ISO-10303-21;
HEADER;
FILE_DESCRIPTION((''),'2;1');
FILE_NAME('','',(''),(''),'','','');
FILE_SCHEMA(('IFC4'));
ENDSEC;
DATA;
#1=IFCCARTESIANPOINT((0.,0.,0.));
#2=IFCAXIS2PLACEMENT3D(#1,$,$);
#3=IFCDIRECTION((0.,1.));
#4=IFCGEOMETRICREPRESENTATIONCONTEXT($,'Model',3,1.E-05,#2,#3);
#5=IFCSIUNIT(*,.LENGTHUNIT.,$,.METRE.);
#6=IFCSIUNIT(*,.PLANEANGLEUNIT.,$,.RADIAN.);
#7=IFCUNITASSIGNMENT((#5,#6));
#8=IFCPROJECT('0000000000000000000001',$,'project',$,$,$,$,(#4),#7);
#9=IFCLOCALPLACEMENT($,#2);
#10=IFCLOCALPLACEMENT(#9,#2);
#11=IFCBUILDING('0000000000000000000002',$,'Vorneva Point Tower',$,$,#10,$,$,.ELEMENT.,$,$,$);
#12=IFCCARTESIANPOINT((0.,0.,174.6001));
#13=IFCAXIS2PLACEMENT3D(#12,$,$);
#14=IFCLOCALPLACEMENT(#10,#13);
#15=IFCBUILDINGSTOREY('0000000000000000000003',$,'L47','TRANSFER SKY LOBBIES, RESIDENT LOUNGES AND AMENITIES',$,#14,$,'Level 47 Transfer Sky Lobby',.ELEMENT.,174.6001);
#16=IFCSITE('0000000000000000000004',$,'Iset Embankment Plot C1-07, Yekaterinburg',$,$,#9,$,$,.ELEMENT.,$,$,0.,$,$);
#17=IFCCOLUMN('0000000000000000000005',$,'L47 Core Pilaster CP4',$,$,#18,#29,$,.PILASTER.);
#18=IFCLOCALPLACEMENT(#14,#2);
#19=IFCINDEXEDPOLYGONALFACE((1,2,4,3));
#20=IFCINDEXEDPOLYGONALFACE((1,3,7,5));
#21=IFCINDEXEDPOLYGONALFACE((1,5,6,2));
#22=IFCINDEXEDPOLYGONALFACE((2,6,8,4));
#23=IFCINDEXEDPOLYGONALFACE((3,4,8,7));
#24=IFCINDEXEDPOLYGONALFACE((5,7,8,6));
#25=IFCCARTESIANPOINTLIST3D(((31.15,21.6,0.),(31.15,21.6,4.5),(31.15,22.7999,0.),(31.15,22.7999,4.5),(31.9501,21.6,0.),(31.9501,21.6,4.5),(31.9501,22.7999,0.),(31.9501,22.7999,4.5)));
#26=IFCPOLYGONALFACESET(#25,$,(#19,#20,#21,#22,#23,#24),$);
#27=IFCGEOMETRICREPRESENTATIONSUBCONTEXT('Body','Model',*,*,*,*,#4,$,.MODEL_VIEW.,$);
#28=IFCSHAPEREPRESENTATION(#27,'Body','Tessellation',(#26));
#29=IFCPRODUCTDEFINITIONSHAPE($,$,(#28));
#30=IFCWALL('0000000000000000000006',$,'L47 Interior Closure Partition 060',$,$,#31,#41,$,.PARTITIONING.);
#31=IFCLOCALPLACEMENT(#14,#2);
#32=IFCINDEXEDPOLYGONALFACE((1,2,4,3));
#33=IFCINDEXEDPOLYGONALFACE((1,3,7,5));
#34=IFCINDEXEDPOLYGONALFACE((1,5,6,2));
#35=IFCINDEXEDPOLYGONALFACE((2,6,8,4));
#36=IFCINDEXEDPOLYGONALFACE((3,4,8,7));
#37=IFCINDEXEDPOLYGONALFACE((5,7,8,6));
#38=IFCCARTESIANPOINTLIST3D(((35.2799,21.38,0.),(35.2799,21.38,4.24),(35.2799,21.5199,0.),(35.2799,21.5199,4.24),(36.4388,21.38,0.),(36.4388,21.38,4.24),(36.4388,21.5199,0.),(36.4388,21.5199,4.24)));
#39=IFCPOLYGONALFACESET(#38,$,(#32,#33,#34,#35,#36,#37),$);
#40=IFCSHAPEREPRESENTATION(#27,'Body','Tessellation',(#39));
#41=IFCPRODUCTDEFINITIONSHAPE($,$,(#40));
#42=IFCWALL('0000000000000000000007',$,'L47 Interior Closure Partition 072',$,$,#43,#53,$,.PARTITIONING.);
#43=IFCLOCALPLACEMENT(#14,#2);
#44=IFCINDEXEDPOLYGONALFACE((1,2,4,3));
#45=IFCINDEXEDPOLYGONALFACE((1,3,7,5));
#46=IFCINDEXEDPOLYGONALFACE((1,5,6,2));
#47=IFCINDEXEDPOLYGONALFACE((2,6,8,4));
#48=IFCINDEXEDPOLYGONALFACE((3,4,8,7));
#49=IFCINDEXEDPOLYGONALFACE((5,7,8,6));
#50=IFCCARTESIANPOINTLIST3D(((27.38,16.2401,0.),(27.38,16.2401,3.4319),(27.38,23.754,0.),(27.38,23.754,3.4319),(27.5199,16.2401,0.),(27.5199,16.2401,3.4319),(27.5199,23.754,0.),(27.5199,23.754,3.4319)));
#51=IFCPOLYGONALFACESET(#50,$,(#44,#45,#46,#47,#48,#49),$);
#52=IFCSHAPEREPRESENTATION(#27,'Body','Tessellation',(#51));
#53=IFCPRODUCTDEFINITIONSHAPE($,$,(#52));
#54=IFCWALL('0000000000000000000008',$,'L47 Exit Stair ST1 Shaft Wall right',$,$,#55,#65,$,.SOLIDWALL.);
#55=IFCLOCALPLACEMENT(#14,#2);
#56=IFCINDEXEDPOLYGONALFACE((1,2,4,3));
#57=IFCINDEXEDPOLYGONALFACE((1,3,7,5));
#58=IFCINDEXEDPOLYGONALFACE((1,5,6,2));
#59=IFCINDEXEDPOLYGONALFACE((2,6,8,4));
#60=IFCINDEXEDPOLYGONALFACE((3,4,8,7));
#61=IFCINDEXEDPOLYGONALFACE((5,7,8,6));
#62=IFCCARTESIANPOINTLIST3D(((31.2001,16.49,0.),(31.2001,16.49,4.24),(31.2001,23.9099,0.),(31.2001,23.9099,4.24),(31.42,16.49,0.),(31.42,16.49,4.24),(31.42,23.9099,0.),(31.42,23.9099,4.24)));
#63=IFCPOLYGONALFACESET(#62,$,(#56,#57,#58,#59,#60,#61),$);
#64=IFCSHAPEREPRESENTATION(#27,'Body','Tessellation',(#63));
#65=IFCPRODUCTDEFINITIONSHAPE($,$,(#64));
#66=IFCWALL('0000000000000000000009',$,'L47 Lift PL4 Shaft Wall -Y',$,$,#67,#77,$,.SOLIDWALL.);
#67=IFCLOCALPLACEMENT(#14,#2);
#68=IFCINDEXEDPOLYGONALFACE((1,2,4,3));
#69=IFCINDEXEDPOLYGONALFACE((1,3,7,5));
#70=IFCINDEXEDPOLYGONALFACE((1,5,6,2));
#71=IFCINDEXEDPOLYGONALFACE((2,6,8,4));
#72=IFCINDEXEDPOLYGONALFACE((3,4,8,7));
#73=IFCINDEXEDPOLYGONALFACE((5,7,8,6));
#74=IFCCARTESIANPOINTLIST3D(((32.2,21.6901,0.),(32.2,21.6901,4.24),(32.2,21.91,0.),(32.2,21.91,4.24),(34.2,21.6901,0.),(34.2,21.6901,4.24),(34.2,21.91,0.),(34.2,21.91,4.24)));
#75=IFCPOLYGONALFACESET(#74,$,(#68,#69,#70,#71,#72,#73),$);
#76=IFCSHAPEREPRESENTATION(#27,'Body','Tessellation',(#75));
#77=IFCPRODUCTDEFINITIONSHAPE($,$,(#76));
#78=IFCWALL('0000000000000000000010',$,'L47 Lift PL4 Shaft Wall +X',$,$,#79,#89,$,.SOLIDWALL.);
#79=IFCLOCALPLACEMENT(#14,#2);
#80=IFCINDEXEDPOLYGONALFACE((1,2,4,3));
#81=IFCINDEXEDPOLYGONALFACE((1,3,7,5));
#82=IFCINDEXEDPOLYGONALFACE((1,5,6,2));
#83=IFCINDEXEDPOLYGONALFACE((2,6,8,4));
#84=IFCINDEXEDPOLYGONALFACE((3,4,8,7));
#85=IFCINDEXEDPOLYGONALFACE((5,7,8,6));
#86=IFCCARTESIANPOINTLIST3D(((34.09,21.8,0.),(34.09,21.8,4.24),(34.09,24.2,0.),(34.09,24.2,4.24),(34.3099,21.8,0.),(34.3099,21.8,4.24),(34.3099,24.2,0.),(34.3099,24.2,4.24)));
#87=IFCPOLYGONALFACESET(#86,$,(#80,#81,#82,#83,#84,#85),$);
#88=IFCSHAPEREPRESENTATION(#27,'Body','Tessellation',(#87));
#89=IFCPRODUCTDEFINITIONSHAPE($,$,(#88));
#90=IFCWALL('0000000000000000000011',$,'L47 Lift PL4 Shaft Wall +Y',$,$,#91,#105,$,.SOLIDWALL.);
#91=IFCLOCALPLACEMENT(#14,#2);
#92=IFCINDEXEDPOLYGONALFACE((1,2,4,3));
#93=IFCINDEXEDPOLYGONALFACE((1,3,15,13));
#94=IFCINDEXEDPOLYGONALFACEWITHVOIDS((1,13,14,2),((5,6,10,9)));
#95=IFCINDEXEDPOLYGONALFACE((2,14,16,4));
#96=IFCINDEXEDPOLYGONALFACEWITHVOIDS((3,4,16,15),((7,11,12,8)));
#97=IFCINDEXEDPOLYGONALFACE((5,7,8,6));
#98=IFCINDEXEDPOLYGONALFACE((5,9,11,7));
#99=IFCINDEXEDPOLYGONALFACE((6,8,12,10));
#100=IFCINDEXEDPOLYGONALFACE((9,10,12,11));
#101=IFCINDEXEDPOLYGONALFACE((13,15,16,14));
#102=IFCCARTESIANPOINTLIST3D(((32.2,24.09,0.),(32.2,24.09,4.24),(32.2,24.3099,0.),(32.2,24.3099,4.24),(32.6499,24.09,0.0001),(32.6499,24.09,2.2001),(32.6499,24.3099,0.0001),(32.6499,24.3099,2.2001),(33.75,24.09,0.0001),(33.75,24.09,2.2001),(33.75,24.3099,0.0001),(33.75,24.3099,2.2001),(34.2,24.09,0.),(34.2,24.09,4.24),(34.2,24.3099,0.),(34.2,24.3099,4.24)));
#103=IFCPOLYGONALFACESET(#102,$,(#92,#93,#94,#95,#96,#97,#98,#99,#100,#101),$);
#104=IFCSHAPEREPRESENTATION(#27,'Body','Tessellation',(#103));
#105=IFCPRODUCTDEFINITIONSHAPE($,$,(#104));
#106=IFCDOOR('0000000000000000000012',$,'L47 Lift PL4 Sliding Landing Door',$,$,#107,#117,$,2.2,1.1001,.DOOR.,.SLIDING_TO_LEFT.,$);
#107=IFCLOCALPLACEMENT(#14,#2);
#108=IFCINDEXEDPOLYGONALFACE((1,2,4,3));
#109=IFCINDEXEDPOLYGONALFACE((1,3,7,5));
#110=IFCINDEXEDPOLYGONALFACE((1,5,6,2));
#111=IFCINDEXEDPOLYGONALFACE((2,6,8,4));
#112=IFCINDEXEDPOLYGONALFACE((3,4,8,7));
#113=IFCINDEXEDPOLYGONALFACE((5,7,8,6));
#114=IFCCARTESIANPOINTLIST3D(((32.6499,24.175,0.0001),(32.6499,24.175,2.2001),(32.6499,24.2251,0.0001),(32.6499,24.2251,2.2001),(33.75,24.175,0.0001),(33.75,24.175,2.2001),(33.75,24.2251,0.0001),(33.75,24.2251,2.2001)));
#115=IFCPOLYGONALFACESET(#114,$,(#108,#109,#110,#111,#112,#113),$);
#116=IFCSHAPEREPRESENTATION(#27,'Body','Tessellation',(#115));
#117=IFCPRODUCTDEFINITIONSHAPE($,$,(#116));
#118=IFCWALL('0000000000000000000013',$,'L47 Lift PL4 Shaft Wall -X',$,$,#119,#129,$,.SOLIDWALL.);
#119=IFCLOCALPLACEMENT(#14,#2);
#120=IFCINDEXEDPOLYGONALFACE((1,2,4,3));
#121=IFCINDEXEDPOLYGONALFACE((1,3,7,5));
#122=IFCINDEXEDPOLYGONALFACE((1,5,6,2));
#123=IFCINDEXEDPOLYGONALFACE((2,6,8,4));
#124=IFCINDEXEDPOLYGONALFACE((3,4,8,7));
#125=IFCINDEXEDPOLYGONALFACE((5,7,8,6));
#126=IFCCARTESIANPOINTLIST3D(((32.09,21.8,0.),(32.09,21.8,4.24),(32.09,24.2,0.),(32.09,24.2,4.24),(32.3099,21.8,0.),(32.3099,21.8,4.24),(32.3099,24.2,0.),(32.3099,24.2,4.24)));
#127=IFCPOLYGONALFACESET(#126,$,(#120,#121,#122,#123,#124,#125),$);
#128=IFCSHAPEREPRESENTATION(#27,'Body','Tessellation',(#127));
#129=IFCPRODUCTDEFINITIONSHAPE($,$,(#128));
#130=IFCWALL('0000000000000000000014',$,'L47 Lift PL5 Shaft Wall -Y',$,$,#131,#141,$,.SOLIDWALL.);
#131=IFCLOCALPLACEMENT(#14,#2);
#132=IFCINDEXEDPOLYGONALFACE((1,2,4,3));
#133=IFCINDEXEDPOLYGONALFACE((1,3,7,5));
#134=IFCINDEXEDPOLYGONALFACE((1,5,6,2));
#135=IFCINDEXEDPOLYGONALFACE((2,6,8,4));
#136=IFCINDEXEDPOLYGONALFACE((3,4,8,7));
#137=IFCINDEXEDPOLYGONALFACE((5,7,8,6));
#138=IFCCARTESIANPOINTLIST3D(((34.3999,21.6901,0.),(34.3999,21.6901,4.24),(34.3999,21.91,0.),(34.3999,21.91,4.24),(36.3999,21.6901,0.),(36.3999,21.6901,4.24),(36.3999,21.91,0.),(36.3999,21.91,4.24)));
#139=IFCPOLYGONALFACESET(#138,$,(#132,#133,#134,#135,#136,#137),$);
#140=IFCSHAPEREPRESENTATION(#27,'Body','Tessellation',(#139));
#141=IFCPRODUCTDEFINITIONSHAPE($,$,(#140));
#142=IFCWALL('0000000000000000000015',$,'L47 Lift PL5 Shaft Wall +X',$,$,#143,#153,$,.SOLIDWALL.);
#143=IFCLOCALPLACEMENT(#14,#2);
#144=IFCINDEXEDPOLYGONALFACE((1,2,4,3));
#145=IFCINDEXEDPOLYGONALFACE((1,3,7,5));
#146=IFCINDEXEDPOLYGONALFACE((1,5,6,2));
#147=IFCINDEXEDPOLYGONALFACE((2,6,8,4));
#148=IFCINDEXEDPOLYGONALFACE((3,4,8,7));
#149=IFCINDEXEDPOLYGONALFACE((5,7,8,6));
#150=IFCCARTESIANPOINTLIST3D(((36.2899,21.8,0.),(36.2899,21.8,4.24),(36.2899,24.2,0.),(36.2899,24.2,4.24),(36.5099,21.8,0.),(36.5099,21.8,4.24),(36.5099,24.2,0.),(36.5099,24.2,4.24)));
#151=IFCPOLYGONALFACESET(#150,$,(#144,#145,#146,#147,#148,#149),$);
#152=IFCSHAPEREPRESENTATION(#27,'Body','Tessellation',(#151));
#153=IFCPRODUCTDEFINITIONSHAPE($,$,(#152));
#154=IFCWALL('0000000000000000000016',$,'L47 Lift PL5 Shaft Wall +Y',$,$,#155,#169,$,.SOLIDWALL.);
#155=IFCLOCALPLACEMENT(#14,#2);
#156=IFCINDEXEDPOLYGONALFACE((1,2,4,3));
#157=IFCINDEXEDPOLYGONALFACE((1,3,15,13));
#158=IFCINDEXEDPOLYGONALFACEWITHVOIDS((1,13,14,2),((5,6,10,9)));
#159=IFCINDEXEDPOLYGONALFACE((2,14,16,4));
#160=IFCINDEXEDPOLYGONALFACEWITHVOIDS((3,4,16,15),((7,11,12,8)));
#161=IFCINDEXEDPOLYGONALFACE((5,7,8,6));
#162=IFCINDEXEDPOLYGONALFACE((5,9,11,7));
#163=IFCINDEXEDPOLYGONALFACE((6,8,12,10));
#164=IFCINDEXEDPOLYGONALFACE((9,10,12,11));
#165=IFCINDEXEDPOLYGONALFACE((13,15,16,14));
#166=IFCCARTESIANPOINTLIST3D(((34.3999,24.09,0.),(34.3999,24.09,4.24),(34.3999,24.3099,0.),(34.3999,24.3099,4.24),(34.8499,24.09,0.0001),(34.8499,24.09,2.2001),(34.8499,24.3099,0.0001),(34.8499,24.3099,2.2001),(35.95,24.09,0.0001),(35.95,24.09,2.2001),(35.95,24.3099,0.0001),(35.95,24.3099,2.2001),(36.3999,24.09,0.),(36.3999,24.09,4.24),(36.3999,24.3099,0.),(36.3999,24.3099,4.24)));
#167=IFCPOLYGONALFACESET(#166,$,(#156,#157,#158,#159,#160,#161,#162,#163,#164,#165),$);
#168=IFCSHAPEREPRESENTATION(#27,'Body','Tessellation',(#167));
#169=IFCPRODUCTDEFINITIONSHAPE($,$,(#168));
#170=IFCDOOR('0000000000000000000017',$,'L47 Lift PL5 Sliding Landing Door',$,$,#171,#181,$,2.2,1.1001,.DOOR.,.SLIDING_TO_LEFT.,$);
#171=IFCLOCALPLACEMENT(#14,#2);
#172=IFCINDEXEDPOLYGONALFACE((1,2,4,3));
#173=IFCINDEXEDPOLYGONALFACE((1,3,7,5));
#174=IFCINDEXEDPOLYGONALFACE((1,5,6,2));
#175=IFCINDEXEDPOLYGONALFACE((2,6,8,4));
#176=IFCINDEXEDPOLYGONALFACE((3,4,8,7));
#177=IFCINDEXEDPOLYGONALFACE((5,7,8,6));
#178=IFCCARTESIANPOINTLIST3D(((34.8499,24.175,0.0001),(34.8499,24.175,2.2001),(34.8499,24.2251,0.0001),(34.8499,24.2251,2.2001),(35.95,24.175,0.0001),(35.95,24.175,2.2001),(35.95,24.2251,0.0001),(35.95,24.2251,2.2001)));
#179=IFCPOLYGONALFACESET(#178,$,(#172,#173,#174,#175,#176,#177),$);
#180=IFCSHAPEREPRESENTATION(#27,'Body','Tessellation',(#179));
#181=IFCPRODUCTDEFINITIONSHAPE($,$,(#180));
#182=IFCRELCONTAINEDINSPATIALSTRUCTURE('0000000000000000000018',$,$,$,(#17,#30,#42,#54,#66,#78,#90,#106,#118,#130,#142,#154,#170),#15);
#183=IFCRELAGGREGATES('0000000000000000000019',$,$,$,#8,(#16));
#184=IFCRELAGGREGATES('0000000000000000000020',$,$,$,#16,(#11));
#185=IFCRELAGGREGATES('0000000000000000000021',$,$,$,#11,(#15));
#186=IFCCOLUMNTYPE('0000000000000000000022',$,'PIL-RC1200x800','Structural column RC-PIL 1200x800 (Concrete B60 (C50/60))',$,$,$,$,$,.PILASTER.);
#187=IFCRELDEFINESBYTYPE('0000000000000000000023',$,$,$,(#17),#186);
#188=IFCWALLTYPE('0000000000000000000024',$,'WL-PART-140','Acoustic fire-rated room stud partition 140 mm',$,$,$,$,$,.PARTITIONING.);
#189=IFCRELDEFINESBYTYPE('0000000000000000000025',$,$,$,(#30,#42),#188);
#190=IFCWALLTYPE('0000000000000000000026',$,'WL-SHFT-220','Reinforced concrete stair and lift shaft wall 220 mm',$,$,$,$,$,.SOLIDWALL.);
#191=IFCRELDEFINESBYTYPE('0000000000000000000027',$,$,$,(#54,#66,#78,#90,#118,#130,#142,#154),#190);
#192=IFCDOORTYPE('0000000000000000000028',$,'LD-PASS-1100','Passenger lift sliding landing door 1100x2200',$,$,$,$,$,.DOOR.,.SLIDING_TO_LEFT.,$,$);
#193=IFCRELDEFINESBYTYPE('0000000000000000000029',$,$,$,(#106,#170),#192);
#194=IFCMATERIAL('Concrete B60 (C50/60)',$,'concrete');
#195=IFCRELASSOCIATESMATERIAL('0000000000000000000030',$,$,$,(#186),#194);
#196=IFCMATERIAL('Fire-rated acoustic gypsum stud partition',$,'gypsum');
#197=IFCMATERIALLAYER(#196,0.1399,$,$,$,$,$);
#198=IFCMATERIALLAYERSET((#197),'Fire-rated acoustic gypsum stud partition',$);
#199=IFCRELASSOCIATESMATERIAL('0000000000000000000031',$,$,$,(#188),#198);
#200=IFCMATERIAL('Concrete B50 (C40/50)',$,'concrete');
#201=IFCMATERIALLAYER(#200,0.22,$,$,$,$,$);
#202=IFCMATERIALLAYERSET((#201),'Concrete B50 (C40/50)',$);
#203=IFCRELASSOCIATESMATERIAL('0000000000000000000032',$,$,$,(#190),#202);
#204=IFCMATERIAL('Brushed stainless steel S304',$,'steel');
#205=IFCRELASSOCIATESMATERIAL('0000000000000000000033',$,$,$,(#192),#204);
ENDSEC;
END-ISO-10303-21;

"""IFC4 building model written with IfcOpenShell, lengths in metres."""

from ifc_helpers import new_model, si_unit, direction, frame, frame_2d, origin, origin_2d, place, context, subcontext, project, spatial, rectangle, extrude, material, layer, layer_set, material_profile, profile_set, type_object, element, fill, save


model = new_model("IFC4")

# Units and contexts
model_context = context("Model", 3, precision=1e-05, world=origin(), true_north=direction((0.0, 1.0)))
body_context = subcontext(model_context, "Body", "Model", "MODEL_VIEW")
ifc_project = project(units=[si_unit("LENGTHUNIT", "METRE"), si_unit("PLANEANGLEUNIT", "RADIAN")], contexts=[model_context])

# Site, building, storey
site_placement = place(None, origin())
site = spatial("IfcSite", under=ifc_project, at=site_placement, Name="Iset Embankment Plot C1-07, Yekaterinburg", CompositionType="ELEMENT", RefElevation=0.0)
building_placement = place(site_placement, origin())
building = spatial("IfcBuilding", under=site, at=building_placement, Name="Vorneva Point Tower", CompositionType="ELEMENT")
storey_placement = place(building_placement, frame((0.0, 0.0, 174.6001)))
storey = spatial("IfcBuildingStorey", under=building, at=storey_placement, Name="L47", Description="TRANSFER SKY LOBBIES, RESIDENT LOUNGES AND AMENITIES", LongName="Level 47 Transfer Sky Lobby", CompositionType="ELEMENT", Elevation=174.6001)

# Column
ifc_material_1 = material(Name="Concrete B60 (C50/60)", Category="concrete")
ifc_material_profile = material_profile(ifc_material_1, rectangle(XDim=0.8, YDim=1.2, at=origin_2d()), Name="RC-PIL 1200x800")
ifc_profile_set = profile_set([ifc_material_profile], Name="Concrete B60 (C50/60)")
column_type = type_object("IfcColumnType", Name="PIL-RC1200x800", Description="Structural column RC-PIL 1200x800 (Concrete B60 (C50/60))", PredefinedType="PILASTER", material=ifc_profile_set)
column_placement = place(storey_placement, frame((31.55, 22.2, 0.0), z_axis=(0.0, 0.0, 1.0), x_axis=(1.0, 0.0, 0.0)))
element("IfcColumn", 1, at=column_placement, inside=storey, type_object=column_type, Name="L47 Core Pilaster CP4", PredefinedType="PILASTER", context=body_context, shape_type="SweptSolid", body=[
    extrude(rectangle(XDim=0.8, YDim=1.2, at=origin_2d()), origin(), (0.0, 0.0, 1.0), 4.5),
])

# Walls
ifc_material_2 = material(Name="Fire-rated acoustic gypsum stud partition", Category="gypsum")
ifc_layer_1 = layer(ifc_material_2, 0.1399)
ifc_layer_set_1 = layer_set([ifc_layer_1], Name="Fire-rated acoustic gypsum stud partition")
wall_type_1 = type_object("IfcWallType", Name="WL-PART-140", Description="Acoustic fire-rated room stud partition 140 mm", PredefinedType="PARTITIONING", material=ifc_layer_set_1)
wall_1_placement = place(storey_placement, frame((36.439, 21.45, 0.0), z_axis=(0.0, 0.0, 1.0), x_axis=(-1.0, 0.0, 0.0)))
element("IfcWall", 2, at=wall_1_placement, inside=storey, type_object=wall_type_1, Name="L47 Interior Closure Partition 060", PredefinedType="PARTITIONING", context=body_context, shape_type="SweptSolid", body=[
    extrude(rectangle(XDim=1.1589, YDim=0.1399, at=frame_2d((0.5796, 0.0))), origin(), (0.0, 0.0, 1.0), 4.24),
])
wall_2_placement = place(storey_placement, frame((27.45, 23.7539, 0.0), z_axis=(0.0, 0.0, 1.0), x_axis=(0.0, -1.0, 0.0)))
element("IfcWall", 3, at=wall_2_placement, inside=storey, type_object=wall_type_1, Name="L47 Interior Closure Partition 072", PredefinedType="PARTITIONING", context=body_context, shape_type="SweptSolid", body=[
    extrude(rectangle(XDim=7.5139, YDim=0.1399, at=frame_2d((3.7568, 0.0))), origin(), (0.0, 0.0, 1.0), 3.4319),
])

# Shared definitions
ifc_material_3 = material(Name="Concrete B50 (C40/50)", Category="concrete")
ifc_layer_2 = layer(ifc_material_3, 0.22)
ifc_layer_set_2 = layer_set([ifc_layer_2], Name="Concrete B50 (C40/50)")
wall_type_2 = type_object("IfcWallType", Name="WL-SHFT-220", Description="Reinforced concrete stair and lift shaft wall 220 mm", PredefinedType="SOLIDWALL", material=ifc_layer_set_2)

# Walls
wall_3_placement = place(storey_placement, frame((31.3101, 23.9099, 0.0), z_axis=(0.0, 0.0, 1.0), x_axis=(0.0, -1.0, 0.0)))
element("IfcWall", 4, at=wall_3_placement, inside=storey, type_object=wall_type_2, Name="L47 Exit Stair ST1 Shaft Wall right", PredefinedType="SOLIDWALL", context=body_context, shape_type="SweptSolid", body=[
    extrude(rectangle(XDim=7.4199, YDim=0.22, at=frame_2d((3.71, 0.0))), origin(), (0.0, 0.0, 1.0), 4.24),
])
wall_4_placement = place(storey_placement, frame((32.2, 21.8, 0.0), z_axis=(0.0, 0.0, 1.0), x_axis=(1.0, 0.0, 0.0)))
element("IfcWall", 5, at=wall_4_placement, inside=storey, type_object=wall_type_2, Name="L47 Lift PL4 Shaft Wall -Y", PredefinedType="SOLIDWALL", context=body_context, shape_type="SweptSolid", body=[
    extrude(rectangle(XDim=2.0, YDim=0.22, at=frame_2d((1.0, 0.0))), origin(), (0.0, 0.0, 1.0), 4.24),
])
wall_5_placement = place(storey_placement, frame((34.2, 21.8, 0.0), z_axis=(0.0, 0.0, 1.0), x_axis=(0.0, 1.0, 0.0)))
element("IfcWall", 6, at=wall_5_placement, inside=storey, type_object=wall_type_2, Name="L47 Lift PL4 Shaft Wall +X", PredefinedType="SOLIDWALL", context=body_context, shape_type="SweptSolid", body=[
    extrude(rectangle(XDim=2.3999, YDim=0.22, at=frame_2d((1.2, 0.0))), origin(), (0.0, 0.0, 1.0), 4.24),
])

# Wall, opening, door
wall_6_placement = place(storey_placement, frame((34.2, 24.2, 0.0), z_axis=(0.0, 0.0, 1.0), x_axis=(-1.0, 0.0, 0.0)))
wall_6 = element("IfcWall", 7, at=wall_6_placement, inside=storey, type_object=wall_type_2, Name="L47 Lift PL4 Shaft Wall +Y", PredefinedType="SOLIDWALL", context=body_context, shape_type="SweptSolid", body=[
    extrude(rectangle(XDim=2.0, YDim=0.22, at=frame_2d((1.0, 0.0))), origin(), (0.0, 0.0, 1.0), 4.24),
])
opening_1_placement = place(wall_6_placement, frame((0.45, 0.0, 0.0)))
opening_1 = element("IfcOpeningElement", 8, at=opening_1_placement, cuts=wall_6, PredefinedType="OPENING", context=body_context, shape_type="SweptSolid", body=[
    extrude(rectangle(XDim=1.1001, YDim=2.2, at=frame_2d((0.55, 1.1001))), frame((0.0, 0.125, 0.0), z_axis=(0.0, -1.0, 0.0), x_axis=(1.0, 0.0, 0.0)), (0.0, 0.0, 1.0), 0.2498),
])
ifc_material_4 = material(Name="Brushed stainless steel S304", Category="steel")
door_type_1 = type_object("IfcDoorType", Name="LD-PASS-1100", Description="Passenger lift sliding landing door 1100x2200", OperationType="SLIDING_TO_LEFT", PredefinedType="DOOR", material=ifc_material_4)
door_1_placement = place(opening_1_placement, origin())
door_1 = element("IfcDoor", 9, at=door_1_placement, inside=storey, type_object=door_type_1, Name="L47 Lift PL4 Sliding Landing Door", OperationType="SLIDING_TO_LEFT", OverallHeight=2.2, OverallWidth=1.1001, PredefinedType="DOOR", context=body_context, shape_type="SweptSolid", body=[
    extrude(rectangle(XDim=1.1001, YDim=2.2, at=frame_2d((0.55, 1.1001))), frame((0.0, 0.0249, 0.0), z_axis=(0.0, -1.0, 0.0), x_axis=(1.0, 0.0, 0.0)), (0.0, 0.0, 1.0), 0.05),
])
fill(opening_1, door_1)

# Walls
wall_7_placement = place(storey_placement, frame((32.2, 24.2, 0.0), z_axis=(0.0, 0.0, 1.0), x_axis=(0.0, -1.0, 0.0)))
element("IfcWall", 10, at=wall_7_placement, inside=storey, type_object=wall_type_2, Name="L47 Lift PL4 Shaft Wall -X", PredefinedType="SOLIDWALL", context=body_context, shape_type="SweptSolid", body=[
    extrude(rectangle(XDim=2.3999, YDim=0.22, at=frame_2d((1.2, 0.0))), origin(), (0.0, 0.0, 1.0), 4.24),
])
wall_8_placement = place(storey_placement, frame((34.3999, 21.8, 0.0), z_axis=(0.0, 0.0, 1.0), x_axis=(1.0, 0.0, 0.0)))
element("IfcWall", 11, at=wall_8_placement, inside=storey, type_object=wall_type_2, Name="L47 Lift PL5 Shaft Wall -Y", PredefinedType="SOLIDWALL", context=body_context, shape_type="SweptSolid", body=[
    extrude(rectangle(XDim=2.0, YDim=0.22, at=frame_2d((1.0, 0.0))), origin(), (0.0, 0.0, 1.0), 4.24),
])
wall_9_placement = place(storey_placement, frame((36.3999, 21.8, 0.0), z_axis=(0.0, 0.0, 1.0), x_axis=(0.0, 1.0, 0.0)))
element("IfcWall", 12, at=wall_9_placement, inside=storey, type_object=wall_type_2, Name="L47 Lift PL5 Shaft Wall +X", PredefinedType="SOLIDWALL", context=body_context, shape_type="SweptSolid", body=[
    extrude(rectangle(XDim=2.3999, YDim=0.22, at=frame_2d((1.2, 0.0))), origin(), (0.0, 0.0, 1.0), 4.24),
])

# Wall, opening, door
wall_10_placement = place(storey_placement, frame((36.3999, 24.2, 0.0), z_axis=(0.0, 0.0, 1.0), x_axis=(-1.0, 0.0, 0.0)))
wall_10 = element("IfcWall", 13, at=wall_10_placement, inside=storey, type_object=wall_type_2, Name="L47 Lift PL5 Shaft Wall +Y", PredefinedType="SOLIDWALL", context=body_context, shape_type="SweptSolid", body=[
    extrude(rectangle(XDim=2.0, YDim=0.22, at=frame_2d((1.0, 0.0))), origin(), (0.0, 0.0, 1.0), 4.24),
])
opening_2_placement = place(wall_10_placement, frame((0.45, 0.0, 0.0)))
opening_2 = element("IfcOpeningElement", 14, at=opening_2_placement, cuts=wall_10, PredefinedType="OPENING", context=body_context, shape_type="SweptSolid", body=[
    extrude(rectangle(XDim=1.1001, YDim=2.2, at=frame_2d((0.55, 1.1001))), frame((0.0, 0.125, 0.0), z_axis=(0.0, -1.0, 0.0), x_axis=(1.0, 0.0, 0.0)), (0.0, 0.0, 1.0), 0.2498),
])
door_2_placement = place(opening_2_placement, origin())
door_2 = element("IfcDoor", 15, at=door_2_placement, inside=storey, type_object=door_type_1, Name="L47 Lift PL5 Sliding Landing Door", OperationType="SLIDING_TO_LEFT", OverallHeight=2.2, OverallWidth=1.1001, PredefinedType="DOOR", context=body_context, shape_type="SweptSolid", body=[
    extrude(rectangle(XDim=1.1001, YDim=2.2, at=frame_2d((0.55, 1.1001))), frame((0.0, 0.0249, 0.0), z_axis=(0.0, -1.0, 0.0), x_axis=(1.0, 0.0, 0.0)), (0.0, 0.0, 1.0), 0.05),
])
fill(opening_2, door_2)

save(model, "model.ifc")
